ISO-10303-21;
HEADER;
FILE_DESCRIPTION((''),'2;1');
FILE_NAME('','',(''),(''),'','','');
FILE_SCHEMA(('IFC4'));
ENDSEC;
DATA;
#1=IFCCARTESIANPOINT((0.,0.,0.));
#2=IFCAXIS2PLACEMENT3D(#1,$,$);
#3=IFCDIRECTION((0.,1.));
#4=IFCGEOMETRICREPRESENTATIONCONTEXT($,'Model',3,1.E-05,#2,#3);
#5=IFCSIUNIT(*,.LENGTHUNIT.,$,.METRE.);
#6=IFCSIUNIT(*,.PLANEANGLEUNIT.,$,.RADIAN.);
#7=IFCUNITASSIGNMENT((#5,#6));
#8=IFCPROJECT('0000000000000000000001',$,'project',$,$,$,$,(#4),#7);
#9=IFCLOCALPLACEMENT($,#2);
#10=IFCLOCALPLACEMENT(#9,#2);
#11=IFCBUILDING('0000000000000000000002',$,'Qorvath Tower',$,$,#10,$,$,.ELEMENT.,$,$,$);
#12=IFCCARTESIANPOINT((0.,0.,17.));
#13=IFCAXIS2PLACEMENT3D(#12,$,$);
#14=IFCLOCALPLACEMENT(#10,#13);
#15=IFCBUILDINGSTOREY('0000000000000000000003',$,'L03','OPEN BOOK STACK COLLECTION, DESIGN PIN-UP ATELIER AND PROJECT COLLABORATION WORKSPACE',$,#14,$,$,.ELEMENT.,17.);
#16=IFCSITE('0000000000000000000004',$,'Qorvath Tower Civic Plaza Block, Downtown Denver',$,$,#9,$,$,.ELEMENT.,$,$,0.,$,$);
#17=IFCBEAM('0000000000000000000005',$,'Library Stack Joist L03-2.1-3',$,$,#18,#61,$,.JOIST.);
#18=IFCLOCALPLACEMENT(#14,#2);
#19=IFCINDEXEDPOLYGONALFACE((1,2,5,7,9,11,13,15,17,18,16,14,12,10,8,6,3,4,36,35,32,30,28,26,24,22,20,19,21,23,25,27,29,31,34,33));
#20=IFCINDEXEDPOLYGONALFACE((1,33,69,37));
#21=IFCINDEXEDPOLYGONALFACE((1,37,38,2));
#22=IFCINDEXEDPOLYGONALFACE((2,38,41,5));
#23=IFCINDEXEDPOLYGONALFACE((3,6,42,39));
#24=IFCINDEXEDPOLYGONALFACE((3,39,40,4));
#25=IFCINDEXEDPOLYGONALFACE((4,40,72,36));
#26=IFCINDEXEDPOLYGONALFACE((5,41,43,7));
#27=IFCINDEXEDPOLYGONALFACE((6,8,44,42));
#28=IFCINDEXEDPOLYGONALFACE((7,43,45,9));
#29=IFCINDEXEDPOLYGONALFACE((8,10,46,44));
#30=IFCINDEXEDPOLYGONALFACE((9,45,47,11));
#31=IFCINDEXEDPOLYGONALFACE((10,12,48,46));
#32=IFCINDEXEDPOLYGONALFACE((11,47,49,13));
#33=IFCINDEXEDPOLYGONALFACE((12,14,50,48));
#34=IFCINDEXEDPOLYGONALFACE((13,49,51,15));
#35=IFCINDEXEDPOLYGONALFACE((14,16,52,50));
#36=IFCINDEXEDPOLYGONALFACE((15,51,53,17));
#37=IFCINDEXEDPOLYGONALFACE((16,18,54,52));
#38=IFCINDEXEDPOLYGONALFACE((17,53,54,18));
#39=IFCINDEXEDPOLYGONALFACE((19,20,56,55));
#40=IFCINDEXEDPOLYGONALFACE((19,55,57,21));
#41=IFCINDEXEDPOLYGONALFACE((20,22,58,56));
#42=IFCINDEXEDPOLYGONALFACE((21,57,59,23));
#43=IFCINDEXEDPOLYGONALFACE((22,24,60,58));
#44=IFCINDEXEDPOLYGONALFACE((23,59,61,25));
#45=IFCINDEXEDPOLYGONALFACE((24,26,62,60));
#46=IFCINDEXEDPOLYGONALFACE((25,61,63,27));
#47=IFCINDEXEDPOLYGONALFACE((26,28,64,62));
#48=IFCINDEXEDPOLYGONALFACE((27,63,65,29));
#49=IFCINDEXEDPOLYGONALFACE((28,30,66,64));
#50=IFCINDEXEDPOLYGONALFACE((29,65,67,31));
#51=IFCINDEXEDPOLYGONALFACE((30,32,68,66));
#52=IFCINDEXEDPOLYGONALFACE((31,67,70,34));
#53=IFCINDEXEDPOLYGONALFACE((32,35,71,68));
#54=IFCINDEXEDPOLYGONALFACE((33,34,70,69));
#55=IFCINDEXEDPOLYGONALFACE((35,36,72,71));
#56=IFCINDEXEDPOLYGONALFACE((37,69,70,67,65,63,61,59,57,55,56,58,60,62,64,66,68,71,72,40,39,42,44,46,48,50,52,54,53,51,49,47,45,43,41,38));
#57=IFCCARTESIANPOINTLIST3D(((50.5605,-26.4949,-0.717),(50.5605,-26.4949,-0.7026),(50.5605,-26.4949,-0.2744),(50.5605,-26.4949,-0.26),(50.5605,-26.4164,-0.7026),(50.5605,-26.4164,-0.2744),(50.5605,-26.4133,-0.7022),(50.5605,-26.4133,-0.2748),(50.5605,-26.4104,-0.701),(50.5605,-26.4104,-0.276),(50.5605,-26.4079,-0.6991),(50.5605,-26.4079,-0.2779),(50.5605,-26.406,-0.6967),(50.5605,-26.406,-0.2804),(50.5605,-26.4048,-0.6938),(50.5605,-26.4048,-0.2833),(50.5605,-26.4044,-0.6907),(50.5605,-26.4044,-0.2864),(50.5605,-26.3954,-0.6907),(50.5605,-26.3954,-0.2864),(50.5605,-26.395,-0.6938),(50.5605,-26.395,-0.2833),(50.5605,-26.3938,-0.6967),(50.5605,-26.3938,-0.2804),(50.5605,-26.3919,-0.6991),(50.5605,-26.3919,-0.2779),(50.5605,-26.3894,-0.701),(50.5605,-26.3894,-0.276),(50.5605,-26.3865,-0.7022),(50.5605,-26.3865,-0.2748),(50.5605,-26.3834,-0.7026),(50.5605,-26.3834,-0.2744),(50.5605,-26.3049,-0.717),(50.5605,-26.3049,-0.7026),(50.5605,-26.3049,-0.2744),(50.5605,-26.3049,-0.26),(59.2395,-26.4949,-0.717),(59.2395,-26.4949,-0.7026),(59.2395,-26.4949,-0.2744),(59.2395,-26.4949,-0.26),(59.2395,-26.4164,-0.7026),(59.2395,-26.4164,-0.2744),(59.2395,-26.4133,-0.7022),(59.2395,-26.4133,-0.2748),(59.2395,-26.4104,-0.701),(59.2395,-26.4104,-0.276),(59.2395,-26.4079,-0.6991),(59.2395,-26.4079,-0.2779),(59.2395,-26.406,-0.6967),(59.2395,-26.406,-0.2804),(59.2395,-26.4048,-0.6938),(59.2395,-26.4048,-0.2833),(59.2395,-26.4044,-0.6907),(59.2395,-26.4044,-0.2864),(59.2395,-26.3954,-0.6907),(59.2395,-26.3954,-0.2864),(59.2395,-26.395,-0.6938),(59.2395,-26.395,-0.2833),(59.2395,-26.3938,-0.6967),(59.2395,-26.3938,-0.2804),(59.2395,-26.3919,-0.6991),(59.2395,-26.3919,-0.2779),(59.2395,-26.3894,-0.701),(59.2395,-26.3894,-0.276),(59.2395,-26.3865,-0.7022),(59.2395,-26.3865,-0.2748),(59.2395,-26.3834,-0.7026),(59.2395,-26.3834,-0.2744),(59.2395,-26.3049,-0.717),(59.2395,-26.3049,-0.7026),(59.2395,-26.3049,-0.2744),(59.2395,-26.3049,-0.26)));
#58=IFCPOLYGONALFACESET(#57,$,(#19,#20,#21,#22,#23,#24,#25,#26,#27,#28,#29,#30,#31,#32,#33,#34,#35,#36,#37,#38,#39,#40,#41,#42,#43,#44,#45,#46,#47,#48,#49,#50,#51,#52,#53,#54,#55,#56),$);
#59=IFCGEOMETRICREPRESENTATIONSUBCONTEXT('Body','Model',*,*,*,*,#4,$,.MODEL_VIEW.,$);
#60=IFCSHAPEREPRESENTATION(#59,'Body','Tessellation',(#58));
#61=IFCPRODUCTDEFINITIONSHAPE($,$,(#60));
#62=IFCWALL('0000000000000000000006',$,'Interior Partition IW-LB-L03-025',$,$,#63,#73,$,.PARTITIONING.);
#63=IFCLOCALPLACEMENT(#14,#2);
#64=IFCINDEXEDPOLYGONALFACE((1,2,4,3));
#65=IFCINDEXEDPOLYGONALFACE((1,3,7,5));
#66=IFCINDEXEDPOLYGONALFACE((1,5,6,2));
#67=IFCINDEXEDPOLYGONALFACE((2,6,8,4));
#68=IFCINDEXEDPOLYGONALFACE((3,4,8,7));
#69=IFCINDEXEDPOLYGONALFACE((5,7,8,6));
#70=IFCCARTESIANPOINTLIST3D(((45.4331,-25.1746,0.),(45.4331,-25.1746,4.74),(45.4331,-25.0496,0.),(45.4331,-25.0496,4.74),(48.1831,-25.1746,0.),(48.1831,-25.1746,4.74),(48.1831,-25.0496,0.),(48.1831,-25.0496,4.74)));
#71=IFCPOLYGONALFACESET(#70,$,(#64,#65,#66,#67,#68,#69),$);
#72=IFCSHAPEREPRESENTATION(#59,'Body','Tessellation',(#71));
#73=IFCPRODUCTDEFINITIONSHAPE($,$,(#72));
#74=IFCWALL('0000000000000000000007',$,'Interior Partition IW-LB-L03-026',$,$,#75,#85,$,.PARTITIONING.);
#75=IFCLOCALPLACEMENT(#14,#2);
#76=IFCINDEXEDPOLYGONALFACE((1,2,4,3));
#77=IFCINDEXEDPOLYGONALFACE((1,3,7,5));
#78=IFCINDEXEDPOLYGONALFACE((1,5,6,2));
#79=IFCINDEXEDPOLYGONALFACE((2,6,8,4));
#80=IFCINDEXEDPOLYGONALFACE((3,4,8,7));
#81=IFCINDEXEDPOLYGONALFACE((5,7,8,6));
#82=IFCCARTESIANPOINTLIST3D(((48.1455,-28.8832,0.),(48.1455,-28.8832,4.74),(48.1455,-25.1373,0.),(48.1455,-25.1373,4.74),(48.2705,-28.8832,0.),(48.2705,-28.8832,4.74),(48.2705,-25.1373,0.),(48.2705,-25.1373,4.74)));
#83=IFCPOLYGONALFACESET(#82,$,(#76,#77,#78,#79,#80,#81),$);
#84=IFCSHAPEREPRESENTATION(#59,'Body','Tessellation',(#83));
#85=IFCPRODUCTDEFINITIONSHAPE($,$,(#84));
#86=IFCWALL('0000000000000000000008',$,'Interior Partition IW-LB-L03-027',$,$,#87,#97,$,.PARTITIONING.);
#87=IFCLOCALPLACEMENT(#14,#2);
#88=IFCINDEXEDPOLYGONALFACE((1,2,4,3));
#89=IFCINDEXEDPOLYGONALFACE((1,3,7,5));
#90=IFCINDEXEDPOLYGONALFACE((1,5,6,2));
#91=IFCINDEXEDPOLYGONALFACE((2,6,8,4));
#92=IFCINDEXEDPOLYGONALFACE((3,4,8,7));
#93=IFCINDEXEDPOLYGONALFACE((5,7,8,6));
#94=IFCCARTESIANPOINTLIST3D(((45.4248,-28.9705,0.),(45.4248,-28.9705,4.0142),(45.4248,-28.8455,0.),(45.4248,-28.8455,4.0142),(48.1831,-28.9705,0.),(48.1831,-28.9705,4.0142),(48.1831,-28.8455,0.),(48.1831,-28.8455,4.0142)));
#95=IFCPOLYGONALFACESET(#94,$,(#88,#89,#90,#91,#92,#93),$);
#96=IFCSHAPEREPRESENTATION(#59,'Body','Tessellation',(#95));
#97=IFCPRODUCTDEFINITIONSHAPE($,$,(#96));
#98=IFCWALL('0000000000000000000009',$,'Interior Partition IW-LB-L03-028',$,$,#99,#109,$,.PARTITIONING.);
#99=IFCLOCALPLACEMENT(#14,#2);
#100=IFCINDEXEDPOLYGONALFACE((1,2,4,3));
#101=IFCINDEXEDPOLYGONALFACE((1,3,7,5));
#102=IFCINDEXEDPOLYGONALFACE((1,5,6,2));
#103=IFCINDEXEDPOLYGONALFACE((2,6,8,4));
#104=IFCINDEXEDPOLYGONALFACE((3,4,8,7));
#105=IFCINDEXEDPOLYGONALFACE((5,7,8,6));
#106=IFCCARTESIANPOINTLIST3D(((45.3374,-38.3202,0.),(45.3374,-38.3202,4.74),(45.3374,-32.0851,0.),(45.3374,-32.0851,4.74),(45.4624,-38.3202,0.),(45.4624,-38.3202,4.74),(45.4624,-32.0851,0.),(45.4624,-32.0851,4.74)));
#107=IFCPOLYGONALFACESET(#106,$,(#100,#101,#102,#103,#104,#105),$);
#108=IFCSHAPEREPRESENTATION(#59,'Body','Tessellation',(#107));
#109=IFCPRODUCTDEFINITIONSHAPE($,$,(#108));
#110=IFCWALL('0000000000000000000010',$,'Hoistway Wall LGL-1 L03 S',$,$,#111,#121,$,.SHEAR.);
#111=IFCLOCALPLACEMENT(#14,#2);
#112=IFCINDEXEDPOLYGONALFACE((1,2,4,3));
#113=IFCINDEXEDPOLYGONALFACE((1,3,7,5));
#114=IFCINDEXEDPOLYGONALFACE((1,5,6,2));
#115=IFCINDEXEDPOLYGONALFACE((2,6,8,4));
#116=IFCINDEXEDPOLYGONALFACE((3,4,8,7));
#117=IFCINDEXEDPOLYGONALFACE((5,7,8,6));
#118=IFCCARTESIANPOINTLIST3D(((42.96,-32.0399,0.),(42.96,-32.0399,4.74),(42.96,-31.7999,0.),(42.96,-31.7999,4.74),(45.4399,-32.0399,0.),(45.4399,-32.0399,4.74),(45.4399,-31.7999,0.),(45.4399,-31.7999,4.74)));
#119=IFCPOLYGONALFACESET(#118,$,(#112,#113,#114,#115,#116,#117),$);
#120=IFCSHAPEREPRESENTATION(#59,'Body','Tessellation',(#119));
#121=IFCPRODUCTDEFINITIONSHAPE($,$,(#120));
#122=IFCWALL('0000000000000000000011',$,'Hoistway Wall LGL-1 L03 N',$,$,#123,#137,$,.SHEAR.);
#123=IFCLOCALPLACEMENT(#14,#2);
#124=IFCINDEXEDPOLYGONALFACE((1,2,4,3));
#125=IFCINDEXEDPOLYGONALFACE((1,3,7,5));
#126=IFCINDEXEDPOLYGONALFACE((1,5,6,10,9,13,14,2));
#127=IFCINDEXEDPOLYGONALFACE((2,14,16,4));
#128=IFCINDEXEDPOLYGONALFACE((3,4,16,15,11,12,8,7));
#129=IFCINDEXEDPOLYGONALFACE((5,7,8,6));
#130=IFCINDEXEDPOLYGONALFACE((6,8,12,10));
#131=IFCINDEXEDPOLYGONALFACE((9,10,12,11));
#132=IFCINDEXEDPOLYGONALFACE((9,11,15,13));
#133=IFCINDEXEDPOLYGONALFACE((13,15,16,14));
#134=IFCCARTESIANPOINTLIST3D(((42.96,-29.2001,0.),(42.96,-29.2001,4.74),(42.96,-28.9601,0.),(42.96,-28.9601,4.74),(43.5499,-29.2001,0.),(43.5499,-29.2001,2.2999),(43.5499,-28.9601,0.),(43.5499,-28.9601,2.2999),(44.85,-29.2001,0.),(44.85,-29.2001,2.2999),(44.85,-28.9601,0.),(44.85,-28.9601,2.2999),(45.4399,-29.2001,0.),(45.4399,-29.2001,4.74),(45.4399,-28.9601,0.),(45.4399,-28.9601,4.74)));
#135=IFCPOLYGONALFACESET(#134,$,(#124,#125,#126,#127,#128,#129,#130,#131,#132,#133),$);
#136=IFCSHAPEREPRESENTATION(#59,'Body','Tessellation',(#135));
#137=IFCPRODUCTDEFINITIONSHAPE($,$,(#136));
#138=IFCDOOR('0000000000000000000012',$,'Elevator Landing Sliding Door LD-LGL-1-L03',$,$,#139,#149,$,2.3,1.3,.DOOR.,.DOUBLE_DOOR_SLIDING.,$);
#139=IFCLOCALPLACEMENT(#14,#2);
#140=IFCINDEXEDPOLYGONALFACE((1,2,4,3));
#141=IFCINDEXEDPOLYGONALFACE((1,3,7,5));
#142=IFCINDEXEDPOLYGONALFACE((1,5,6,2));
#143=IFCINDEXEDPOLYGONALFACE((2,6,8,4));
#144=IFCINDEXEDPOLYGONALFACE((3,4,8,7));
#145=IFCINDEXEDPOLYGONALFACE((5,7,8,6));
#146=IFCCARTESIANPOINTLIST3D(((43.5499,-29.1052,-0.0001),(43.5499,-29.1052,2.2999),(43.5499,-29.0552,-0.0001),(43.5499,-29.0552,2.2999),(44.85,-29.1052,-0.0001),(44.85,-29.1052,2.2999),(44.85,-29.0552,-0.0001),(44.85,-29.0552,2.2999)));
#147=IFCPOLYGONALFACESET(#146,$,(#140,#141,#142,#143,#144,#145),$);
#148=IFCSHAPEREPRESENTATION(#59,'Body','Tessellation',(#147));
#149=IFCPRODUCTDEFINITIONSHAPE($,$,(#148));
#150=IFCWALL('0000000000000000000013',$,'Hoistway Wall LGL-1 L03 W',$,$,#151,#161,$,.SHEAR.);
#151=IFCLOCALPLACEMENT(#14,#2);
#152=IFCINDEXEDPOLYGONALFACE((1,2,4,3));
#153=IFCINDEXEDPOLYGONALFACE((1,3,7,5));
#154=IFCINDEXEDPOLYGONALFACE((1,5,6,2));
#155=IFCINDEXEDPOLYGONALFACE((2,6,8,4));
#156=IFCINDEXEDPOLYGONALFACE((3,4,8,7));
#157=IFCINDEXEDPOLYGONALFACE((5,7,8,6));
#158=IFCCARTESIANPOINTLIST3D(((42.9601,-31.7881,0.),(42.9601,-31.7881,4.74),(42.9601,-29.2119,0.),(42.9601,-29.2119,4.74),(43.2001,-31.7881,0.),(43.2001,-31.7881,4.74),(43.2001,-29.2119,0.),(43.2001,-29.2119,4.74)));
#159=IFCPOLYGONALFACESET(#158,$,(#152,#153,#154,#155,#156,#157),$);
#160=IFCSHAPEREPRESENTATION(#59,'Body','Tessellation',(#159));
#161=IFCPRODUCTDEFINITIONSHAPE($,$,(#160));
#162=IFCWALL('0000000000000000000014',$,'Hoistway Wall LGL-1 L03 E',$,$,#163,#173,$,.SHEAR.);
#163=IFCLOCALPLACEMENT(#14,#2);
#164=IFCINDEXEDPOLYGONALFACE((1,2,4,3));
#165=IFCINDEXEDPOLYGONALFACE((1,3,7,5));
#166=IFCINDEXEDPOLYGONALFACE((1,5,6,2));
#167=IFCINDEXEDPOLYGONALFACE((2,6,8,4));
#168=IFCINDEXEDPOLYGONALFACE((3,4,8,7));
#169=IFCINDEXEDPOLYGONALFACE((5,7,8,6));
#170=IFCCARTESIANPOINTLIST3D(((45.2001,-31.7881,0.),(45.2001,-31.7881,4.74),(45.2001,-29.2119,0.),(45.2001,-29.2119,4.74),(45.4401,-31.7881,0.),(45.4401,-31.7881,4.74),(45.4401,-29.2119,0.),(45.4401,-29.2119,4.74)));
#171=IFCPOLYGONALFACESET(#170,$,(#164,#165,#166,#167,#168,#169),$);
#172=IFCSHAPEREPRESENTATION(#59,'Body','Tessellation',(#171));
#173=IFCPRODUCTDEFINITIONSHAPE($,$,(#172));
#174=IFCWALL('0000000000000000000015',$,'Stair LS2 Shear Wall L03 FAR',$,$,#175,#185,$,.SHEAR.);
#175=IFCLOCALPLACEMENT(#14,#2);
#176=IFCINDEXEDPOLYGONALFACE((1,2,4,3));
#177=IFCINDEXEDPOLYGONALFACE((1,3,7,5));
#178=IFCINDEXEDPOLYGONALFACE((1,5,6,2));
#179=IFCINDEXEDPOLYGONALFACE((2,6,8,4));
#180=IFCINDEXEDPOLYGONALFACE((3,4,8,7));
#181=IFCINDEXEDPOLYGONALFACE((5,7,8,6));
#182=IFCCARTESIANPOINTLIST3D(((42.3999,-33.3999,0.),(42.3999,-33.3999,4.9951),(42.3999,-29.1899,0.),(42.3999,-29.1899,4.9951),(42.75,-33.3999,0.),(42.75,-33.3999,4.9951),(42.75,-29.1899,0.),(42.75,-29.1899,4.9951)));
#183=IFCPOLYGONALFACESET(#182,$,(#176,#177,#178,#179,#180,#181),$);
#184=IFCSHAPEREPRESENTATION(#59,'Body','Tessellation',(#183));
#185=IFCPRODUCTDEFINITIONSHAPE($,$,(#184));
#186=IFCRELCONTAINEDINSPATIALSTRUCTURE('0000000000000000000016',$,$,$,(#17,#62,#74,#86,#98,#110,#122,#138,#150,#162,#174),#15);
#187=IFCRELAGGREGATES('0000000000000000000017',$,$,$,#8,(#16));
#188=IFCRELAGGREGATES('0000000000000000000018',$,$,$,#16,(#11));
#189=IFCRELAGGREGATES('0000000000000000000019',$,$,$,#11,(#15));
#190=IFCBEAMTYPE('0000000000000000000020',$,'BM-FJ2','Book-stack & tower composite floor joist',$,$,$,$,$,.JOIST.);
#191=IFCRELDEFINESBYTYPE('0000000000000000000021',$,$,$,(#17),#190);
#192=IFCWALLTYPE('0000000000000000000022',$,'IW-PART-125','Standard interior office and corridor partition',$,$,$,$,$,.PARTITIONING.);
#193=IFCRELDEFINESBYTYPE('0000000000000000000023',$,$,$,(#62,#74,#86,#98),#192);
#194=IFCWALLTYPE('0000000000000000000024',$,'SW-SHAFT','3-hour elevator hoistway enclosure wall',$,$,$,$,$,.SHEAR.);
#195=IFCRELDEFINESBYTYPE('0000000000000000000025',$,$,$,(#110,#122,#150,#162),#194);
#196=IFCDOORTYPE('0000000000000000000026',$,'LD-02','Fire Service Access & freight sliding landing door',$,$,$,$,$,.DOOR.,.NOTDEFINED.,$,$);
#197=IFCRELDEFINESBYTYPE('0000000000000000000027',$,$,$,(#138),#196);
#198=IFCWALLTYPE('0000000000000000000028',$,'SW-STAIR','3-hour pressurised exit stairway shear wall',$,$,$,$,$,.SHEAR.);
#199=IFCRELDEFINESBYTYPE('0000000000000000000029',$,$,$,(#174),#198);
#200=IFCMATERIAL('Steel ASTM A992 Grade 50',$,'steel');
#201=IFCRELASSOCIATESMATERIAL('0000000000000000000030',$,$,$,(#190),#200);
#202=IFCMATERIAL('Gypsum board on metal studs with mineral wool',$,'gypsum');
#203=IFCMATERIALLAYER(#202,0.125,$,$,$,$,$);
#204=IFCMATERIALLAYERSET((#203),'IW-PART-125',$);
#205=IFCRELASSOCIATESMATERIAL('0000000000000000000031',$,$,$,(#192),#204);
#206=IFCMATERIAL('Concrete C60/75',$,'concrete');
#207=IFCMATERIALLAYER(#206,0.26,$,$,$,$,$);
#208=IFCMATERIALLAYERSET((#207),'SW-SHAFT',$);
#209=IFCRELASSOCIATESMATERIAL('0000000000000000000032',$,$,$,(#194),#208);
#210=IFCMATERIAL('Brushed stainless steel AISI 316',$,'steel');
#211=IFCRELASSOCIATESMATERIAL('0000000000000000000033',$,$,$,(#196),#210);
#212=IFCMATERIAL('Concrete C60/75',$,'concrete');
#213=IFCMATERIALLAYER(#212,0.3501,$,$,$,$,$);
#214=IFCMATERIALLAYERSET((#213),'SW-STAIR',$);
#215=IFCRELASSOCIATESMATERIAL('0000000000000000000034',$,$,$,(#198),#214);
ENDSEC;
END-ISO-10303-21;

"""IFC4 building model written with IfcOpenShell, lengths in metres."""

from ifc_helpers import new_model, si_unit, direction, frame, frame_2d, origin, origin_2d, place, context, subcontext, project, spatial, rectangle, i_section, extrude, material, layer, layer_set, material_profile, profile_set, type_object, element, fill, save


model = new_model("IFC4")

# Units and contexts
model_context = context("Model", 3, precision=1e-05, world=origin(), true_north=direction((0.0, 1.0)))
body_context = subcontext(model_context, "Body", "Model", "MODEL_VIEW")
ifc_project = project(units=[si_unit("LENGTHUNIT", "METRE"), si_unit("PLANEANGLEUNIT", "RADIAN")], contexts=[model_context])

# Site, building, storey
site_placement = place(None, origin())
site = spatial("IfcSite", under=ifc_project, at=site_placement, Name="Qorvath Tower Civic Plaza Block, Downtown Denver", CompositionType="ELEMENT", RefElevation=0.0)
building_placement = place(site_placement, origin())
building = spatial("IfcBuilding", under=site, at=building_placement, Name="Qorvath Tower", CompositionType="ELEMENT")
storey_placement = place(building_placement, frame((0.0, 0.0, 17.0)))
storey = spatial("IfcBuildingStorey", under=building, at=storey_placement, Name="L03", Description="OPEN BOOK STACK COLLECTION, DESIGN PIN-UP ATELIER AND PROJECT COLLABORATION WORKSPACE", CompositionType="ELEMENT", Elevation=17.0)

# Beam
ifc_material_1 = material(Name="Steel ASTM A992 Grade 50", Category="steel")
ifc_material_profile_1 = material_profile(ifc_material_1, i_section(OverallWidth=0.1899, OverallDepth=0.457, WebThickness=0.009, FlangeThickness=0.0144, FilletRadius=0.012, at=origin_2d()), Name="W18x50")
ifc_profile_set_1 = profile_set([ifc_material_profile_1], Name="Steel ASTM A992 Grade 50")
beam_type_1 = type_object("IfcBeamType", Name="BM-FJ2", Description="Book-stack & tower composite floor joist", PredefinedType="JOIST", material=ifc_profile_set_1)
for number, where, z_axis, x_axis, name in (
    (1, (50.5605, -26.3999, -0.4885), (1.0, 0.0, 0.0), (0.0, 1.0, 0.0), "Library Stack Joist L03-2.1-3"),
):
    element("IfcBeam", number, at=place(storey_placement, frame(where, z_axis=z_axis, x_axis=x_axis)), inside=storey, type_object=beam_type_1, Name=name, PredefinedType="JOIST", context=body_context, shape_type="SweptSolid", body=[
        extrude(i_section(OverallWidth=0.1899, OverallDepth=0.457, WebThickness=0.009, FlangeThickness=0.0144, FilletRadius=0.012, at=origin_2d()), origin(), (0.0, 0.0, 1.0), 8.679),
    ])

# Walls
ifc_material_2 = material(Name="Gypsum board on metal studs with mineral wool", Category="gypsum")
ifc_layer_1 = layer(ifc_material_2, 0.125)
ifc_layer_set_1 = layer_set([ifc_layer_1], Name="IW-PART-125")
wall_type_1 = type_object("IfcWallType", Name="IW-PART-125", Description="Standard interior office and corridor partition", PredefinedType="PARTITIONING", material=ifc_layer_set_1)
wall_1_placement = place(storey_placement, frame((48.1831, -25.1121, 0.0), z_axis=(0.0, 0.0, 1.0), x_axis=(-1.0, 0.0, 0.0)))
element("IfcWall", 2, at=wall_1_placement, inside=storey, type_object=wall_type_1, Name="Interior Partition IW-LB-L03-025", PredefinedType="PARTITIONING", context=body_context, shape_type="SweptSolid", body=[
    extrude(rectangle(XDim=2.75, YDim=0.125, at=frame_2d((1.375, 0.0))), origin(), (0.0, 0.0, 1.0), 4.74),
])
wall_2_placement = place(storey_placement, frame((48.208, -25.1372, 0.0), z_axis=(0.0, 0.0, 1.0), x_axis=(0.0, -1.0, 0.0)))
element("IfcWall", 3, at=wall_2_placement, inside=storey, type_object=wall_type_1, Name="Interior Partition IW-LB-L03-026", PredefinedType="PARTITIONING", context=body_context, shape_type="SweptSolid", body=[
    extrude(rectangle(XDim=3.7458, YDim=0.125, at=frame_2d((1.873, 0.0))), origin(), (0.0, 0.0, 1.0), 4.74),
])
wall_3_placement = place(storey_placement, frame((45.4248, -28.908, 0.0), z_axis=(0.0, 0.0, 1.0), x_axis=(1.0, 0.0, 0.0)))
element("IfcWall", 4, at=wall_3_placement, inside=storey, type_object=wall_type_1, Name="Interior Partition IW-LB-L03-027", PredefinedType="PARTITIONING", context=body_context, shape_type="SweptSolid", body=[
    extrude(rectangle(XDim=2.7583, YDim=0.125, at=frame_2d((1.3792, 0.0))), origin(), (0.0, 0.0, 1.0), 4.0142),
])
wall_4_placement = place(storey_placement, frame((45.3999, -32.085, 0.0), z_axis=(0.0, 0.0, 1.0), x_axis=(0.0, -1.0, 0.0)))
element("IfcWall", 5, at=wall_4_placement, inside=storey, type_object=wall_type_1, Name="Interior Partition IW-LB-L03-028", PredefinedType="PARTITIONING", context=body_context, shape_type="SweptSolid", body=[
    extrude(rectangle(XDim=6.2351, YDim=0.125, at=frame_2d((3.1177, 0.0))), origin(), (0.0, 0.0, 1.0), 4.74),
])
ifc_material_3 = material(Name="Concrete C60/75", Category="concrete")
ifc_layer_2 = layer(ifc_material_3, 0.26)
ifc_layer_set_2 = layer_set([ifc_layer_2], Name="SW-SHAFT")
wall_type_2 = type_object("IfcWallType", Name="SW-SHAFT", Description="3-hour elevator hoistway enclosure wall", PredefinedType="SHEAR", material=ifc_layer_set_2)
wall_5_placement = place(storey_placement, frame((45.4399, -31.9199, 0.0), z_axis=(0.0, 0.0, 1.0), x_axis=(-1.0, 0.0, 0.0)))
element("IfcWall", 6, at=wall_5_placement, inside=storey, type_object=wall_type_2, Name="Hoistway Wall LGL-1 L03 S", PredefinedType="SHEAR", context=body_context, shape_type="SweptSolid", body=[
    extrude(rectangle(XDim=2.48, YDim=0.24, at=frame_2d((1.24, 0.0))), origin(), (0.0, 0.0, 1.0), 4.74),
])

# Wall, opening, door
wall_6_placement = place(storey_placement, frame((42.96, -29.0801, 0.0), z_axis=(0.0, 0.0, 1.0), x_axis=(1.0, 0.0, 0.0)))
wall_6 = element("IfcWall", 7, at=wall_6_placement, inside=storey, type_object=wall_type_2, Name="Hoistway Wall LGL-1 L03 N", PredefinedType="SHEAR", context=body_context, shape_type="SweptSolid", body=[
    extrude(rectangle(XDim=2.48, YDim=0.24, at=frame_2d((1.24, 0.0))), origin(), (0.0, 0.0, 1.0), 4.74),
])
opening_1_placement = place(wall_6_placement, frame((0.5901, 0.0, 0.0)))
opening_1 = element("IfcOpeningElement", 8, at=opening_1_placement, cuts=wall_6, PredefinedType="OPENING", context=body_context, shape_type="SweptSolid", body=[
    extrude(rectangle(XDim=1.3, YDim=2.3, at=frame_2d((0.6499, 1.1499))), frame((0.0, 0.1299, 0.0), z_axis=(0.0, -1.0, 0.0), x_axis=(1.0, 0.0, 0.0)), (0.0, 0.0, 1.0), 0.26),
])
ifc_material_4 = material(Name="Brushed stainless steel AISI 316", Category="steel")
door_type_1 = type_object("IfcDoorType", Name="LD-02", Description="Fire Service Access & freight sliding landing door", OperationType="NOTDEFINED", PredefinedType="DOOR", material=ifc_material_4)
door_1_placement = place(opening_1_placement, origin())
door_1 = element("IfcDoor", 9, at=door_1_placement, inside=storey, type_object=door_type_1, Name="Elevator Landing Sliding Door LD-LGL-1-L03", OperationType="DOUBLE_DOOR_SLIDING", OverallHeight=2.3, OverallWidth=1.3, PredefinedType="DOOR", context=body_context, shape_type="SweptSolid", body=[
    extrude(rectangle(XDim=1.3, YDim=2.3, at=frame_2d((0.6499, 1.1499))), frame((0.0, 0.0249, 0.0), z_axis=(0.0, -1.0, 0.0), x_axis=(1.0, 0.0, 0.0)), (0.0, 0.0, 1.0), 0.05),
])
fill(opening_1, door_1)

# Walls
for number, where, z_axis, x_axis, name in (
    (10, (43.0801, -31.7881, 0.0), (0.0, 0.0, 1.0), (0.0, 1.0, 0.0), "Hoistway Wall LGL-1 L03 W"),
    (11, (45.3201, -29.2119, 0.0), (0.0, 0.0, 1.0), (0.0, -1.0, 0.0), "Hoistway Wall LGL-1 L03 E"),
):
    element("IfcWall", number, at=place(storey_placement, frame(where, z_axis=z_axis, x_axis=x_axis)), inside=storey, type_object=wall_type_2, Name=name, PredefinedType="SHEAR", context=body_context, shape_type="SweptSolid", body=[
        extrude(rectangle(XDim=2.5762, YDim=0.24, at=frame_2d((1.2881, 0.0))), origin(), (0.0, 0.0, 1.0), 4.74),
    ])
ifc_material_5 = material(Name="Concrete C60/75", Category="concrete")
ifc_layer_3 = layer(ifc_material_5, 0.3501)
ifc_layer_set_3 = layer_set([ifc_layer_3], Name="SW-STAIR")
wall_type_3 = type_object("IfcWallType", Name="SW-STAIR", Description="3-hour pressurised exit stairway shear wall", PredefinedType="SHEAR", material=ifc_layer_set_3)
wall_7_placement = place(storey_placement, frame((42.575, -33.3999, 0.0), z_axis=(0.0, 0.0, 1.0), x_axis=(0.0, 1.0, 0.0)))
element("IfcWall", 12, at=wall_7_placement, inside=storey, type_object=wall_type_3, Name="Stair LS2 Shear Wall L03 FAR", PredefinedType="SHEAR", context=body_context, shape_type="SweptSolid", body=[
    extrude(rectangle(XDim=4.21, YDim=0.3501, at=frame_2d((2.105, 0.0))), origin(), (0.0, 0.0, 1.0), 4.9951),
])

save(model, "model.ifc")
